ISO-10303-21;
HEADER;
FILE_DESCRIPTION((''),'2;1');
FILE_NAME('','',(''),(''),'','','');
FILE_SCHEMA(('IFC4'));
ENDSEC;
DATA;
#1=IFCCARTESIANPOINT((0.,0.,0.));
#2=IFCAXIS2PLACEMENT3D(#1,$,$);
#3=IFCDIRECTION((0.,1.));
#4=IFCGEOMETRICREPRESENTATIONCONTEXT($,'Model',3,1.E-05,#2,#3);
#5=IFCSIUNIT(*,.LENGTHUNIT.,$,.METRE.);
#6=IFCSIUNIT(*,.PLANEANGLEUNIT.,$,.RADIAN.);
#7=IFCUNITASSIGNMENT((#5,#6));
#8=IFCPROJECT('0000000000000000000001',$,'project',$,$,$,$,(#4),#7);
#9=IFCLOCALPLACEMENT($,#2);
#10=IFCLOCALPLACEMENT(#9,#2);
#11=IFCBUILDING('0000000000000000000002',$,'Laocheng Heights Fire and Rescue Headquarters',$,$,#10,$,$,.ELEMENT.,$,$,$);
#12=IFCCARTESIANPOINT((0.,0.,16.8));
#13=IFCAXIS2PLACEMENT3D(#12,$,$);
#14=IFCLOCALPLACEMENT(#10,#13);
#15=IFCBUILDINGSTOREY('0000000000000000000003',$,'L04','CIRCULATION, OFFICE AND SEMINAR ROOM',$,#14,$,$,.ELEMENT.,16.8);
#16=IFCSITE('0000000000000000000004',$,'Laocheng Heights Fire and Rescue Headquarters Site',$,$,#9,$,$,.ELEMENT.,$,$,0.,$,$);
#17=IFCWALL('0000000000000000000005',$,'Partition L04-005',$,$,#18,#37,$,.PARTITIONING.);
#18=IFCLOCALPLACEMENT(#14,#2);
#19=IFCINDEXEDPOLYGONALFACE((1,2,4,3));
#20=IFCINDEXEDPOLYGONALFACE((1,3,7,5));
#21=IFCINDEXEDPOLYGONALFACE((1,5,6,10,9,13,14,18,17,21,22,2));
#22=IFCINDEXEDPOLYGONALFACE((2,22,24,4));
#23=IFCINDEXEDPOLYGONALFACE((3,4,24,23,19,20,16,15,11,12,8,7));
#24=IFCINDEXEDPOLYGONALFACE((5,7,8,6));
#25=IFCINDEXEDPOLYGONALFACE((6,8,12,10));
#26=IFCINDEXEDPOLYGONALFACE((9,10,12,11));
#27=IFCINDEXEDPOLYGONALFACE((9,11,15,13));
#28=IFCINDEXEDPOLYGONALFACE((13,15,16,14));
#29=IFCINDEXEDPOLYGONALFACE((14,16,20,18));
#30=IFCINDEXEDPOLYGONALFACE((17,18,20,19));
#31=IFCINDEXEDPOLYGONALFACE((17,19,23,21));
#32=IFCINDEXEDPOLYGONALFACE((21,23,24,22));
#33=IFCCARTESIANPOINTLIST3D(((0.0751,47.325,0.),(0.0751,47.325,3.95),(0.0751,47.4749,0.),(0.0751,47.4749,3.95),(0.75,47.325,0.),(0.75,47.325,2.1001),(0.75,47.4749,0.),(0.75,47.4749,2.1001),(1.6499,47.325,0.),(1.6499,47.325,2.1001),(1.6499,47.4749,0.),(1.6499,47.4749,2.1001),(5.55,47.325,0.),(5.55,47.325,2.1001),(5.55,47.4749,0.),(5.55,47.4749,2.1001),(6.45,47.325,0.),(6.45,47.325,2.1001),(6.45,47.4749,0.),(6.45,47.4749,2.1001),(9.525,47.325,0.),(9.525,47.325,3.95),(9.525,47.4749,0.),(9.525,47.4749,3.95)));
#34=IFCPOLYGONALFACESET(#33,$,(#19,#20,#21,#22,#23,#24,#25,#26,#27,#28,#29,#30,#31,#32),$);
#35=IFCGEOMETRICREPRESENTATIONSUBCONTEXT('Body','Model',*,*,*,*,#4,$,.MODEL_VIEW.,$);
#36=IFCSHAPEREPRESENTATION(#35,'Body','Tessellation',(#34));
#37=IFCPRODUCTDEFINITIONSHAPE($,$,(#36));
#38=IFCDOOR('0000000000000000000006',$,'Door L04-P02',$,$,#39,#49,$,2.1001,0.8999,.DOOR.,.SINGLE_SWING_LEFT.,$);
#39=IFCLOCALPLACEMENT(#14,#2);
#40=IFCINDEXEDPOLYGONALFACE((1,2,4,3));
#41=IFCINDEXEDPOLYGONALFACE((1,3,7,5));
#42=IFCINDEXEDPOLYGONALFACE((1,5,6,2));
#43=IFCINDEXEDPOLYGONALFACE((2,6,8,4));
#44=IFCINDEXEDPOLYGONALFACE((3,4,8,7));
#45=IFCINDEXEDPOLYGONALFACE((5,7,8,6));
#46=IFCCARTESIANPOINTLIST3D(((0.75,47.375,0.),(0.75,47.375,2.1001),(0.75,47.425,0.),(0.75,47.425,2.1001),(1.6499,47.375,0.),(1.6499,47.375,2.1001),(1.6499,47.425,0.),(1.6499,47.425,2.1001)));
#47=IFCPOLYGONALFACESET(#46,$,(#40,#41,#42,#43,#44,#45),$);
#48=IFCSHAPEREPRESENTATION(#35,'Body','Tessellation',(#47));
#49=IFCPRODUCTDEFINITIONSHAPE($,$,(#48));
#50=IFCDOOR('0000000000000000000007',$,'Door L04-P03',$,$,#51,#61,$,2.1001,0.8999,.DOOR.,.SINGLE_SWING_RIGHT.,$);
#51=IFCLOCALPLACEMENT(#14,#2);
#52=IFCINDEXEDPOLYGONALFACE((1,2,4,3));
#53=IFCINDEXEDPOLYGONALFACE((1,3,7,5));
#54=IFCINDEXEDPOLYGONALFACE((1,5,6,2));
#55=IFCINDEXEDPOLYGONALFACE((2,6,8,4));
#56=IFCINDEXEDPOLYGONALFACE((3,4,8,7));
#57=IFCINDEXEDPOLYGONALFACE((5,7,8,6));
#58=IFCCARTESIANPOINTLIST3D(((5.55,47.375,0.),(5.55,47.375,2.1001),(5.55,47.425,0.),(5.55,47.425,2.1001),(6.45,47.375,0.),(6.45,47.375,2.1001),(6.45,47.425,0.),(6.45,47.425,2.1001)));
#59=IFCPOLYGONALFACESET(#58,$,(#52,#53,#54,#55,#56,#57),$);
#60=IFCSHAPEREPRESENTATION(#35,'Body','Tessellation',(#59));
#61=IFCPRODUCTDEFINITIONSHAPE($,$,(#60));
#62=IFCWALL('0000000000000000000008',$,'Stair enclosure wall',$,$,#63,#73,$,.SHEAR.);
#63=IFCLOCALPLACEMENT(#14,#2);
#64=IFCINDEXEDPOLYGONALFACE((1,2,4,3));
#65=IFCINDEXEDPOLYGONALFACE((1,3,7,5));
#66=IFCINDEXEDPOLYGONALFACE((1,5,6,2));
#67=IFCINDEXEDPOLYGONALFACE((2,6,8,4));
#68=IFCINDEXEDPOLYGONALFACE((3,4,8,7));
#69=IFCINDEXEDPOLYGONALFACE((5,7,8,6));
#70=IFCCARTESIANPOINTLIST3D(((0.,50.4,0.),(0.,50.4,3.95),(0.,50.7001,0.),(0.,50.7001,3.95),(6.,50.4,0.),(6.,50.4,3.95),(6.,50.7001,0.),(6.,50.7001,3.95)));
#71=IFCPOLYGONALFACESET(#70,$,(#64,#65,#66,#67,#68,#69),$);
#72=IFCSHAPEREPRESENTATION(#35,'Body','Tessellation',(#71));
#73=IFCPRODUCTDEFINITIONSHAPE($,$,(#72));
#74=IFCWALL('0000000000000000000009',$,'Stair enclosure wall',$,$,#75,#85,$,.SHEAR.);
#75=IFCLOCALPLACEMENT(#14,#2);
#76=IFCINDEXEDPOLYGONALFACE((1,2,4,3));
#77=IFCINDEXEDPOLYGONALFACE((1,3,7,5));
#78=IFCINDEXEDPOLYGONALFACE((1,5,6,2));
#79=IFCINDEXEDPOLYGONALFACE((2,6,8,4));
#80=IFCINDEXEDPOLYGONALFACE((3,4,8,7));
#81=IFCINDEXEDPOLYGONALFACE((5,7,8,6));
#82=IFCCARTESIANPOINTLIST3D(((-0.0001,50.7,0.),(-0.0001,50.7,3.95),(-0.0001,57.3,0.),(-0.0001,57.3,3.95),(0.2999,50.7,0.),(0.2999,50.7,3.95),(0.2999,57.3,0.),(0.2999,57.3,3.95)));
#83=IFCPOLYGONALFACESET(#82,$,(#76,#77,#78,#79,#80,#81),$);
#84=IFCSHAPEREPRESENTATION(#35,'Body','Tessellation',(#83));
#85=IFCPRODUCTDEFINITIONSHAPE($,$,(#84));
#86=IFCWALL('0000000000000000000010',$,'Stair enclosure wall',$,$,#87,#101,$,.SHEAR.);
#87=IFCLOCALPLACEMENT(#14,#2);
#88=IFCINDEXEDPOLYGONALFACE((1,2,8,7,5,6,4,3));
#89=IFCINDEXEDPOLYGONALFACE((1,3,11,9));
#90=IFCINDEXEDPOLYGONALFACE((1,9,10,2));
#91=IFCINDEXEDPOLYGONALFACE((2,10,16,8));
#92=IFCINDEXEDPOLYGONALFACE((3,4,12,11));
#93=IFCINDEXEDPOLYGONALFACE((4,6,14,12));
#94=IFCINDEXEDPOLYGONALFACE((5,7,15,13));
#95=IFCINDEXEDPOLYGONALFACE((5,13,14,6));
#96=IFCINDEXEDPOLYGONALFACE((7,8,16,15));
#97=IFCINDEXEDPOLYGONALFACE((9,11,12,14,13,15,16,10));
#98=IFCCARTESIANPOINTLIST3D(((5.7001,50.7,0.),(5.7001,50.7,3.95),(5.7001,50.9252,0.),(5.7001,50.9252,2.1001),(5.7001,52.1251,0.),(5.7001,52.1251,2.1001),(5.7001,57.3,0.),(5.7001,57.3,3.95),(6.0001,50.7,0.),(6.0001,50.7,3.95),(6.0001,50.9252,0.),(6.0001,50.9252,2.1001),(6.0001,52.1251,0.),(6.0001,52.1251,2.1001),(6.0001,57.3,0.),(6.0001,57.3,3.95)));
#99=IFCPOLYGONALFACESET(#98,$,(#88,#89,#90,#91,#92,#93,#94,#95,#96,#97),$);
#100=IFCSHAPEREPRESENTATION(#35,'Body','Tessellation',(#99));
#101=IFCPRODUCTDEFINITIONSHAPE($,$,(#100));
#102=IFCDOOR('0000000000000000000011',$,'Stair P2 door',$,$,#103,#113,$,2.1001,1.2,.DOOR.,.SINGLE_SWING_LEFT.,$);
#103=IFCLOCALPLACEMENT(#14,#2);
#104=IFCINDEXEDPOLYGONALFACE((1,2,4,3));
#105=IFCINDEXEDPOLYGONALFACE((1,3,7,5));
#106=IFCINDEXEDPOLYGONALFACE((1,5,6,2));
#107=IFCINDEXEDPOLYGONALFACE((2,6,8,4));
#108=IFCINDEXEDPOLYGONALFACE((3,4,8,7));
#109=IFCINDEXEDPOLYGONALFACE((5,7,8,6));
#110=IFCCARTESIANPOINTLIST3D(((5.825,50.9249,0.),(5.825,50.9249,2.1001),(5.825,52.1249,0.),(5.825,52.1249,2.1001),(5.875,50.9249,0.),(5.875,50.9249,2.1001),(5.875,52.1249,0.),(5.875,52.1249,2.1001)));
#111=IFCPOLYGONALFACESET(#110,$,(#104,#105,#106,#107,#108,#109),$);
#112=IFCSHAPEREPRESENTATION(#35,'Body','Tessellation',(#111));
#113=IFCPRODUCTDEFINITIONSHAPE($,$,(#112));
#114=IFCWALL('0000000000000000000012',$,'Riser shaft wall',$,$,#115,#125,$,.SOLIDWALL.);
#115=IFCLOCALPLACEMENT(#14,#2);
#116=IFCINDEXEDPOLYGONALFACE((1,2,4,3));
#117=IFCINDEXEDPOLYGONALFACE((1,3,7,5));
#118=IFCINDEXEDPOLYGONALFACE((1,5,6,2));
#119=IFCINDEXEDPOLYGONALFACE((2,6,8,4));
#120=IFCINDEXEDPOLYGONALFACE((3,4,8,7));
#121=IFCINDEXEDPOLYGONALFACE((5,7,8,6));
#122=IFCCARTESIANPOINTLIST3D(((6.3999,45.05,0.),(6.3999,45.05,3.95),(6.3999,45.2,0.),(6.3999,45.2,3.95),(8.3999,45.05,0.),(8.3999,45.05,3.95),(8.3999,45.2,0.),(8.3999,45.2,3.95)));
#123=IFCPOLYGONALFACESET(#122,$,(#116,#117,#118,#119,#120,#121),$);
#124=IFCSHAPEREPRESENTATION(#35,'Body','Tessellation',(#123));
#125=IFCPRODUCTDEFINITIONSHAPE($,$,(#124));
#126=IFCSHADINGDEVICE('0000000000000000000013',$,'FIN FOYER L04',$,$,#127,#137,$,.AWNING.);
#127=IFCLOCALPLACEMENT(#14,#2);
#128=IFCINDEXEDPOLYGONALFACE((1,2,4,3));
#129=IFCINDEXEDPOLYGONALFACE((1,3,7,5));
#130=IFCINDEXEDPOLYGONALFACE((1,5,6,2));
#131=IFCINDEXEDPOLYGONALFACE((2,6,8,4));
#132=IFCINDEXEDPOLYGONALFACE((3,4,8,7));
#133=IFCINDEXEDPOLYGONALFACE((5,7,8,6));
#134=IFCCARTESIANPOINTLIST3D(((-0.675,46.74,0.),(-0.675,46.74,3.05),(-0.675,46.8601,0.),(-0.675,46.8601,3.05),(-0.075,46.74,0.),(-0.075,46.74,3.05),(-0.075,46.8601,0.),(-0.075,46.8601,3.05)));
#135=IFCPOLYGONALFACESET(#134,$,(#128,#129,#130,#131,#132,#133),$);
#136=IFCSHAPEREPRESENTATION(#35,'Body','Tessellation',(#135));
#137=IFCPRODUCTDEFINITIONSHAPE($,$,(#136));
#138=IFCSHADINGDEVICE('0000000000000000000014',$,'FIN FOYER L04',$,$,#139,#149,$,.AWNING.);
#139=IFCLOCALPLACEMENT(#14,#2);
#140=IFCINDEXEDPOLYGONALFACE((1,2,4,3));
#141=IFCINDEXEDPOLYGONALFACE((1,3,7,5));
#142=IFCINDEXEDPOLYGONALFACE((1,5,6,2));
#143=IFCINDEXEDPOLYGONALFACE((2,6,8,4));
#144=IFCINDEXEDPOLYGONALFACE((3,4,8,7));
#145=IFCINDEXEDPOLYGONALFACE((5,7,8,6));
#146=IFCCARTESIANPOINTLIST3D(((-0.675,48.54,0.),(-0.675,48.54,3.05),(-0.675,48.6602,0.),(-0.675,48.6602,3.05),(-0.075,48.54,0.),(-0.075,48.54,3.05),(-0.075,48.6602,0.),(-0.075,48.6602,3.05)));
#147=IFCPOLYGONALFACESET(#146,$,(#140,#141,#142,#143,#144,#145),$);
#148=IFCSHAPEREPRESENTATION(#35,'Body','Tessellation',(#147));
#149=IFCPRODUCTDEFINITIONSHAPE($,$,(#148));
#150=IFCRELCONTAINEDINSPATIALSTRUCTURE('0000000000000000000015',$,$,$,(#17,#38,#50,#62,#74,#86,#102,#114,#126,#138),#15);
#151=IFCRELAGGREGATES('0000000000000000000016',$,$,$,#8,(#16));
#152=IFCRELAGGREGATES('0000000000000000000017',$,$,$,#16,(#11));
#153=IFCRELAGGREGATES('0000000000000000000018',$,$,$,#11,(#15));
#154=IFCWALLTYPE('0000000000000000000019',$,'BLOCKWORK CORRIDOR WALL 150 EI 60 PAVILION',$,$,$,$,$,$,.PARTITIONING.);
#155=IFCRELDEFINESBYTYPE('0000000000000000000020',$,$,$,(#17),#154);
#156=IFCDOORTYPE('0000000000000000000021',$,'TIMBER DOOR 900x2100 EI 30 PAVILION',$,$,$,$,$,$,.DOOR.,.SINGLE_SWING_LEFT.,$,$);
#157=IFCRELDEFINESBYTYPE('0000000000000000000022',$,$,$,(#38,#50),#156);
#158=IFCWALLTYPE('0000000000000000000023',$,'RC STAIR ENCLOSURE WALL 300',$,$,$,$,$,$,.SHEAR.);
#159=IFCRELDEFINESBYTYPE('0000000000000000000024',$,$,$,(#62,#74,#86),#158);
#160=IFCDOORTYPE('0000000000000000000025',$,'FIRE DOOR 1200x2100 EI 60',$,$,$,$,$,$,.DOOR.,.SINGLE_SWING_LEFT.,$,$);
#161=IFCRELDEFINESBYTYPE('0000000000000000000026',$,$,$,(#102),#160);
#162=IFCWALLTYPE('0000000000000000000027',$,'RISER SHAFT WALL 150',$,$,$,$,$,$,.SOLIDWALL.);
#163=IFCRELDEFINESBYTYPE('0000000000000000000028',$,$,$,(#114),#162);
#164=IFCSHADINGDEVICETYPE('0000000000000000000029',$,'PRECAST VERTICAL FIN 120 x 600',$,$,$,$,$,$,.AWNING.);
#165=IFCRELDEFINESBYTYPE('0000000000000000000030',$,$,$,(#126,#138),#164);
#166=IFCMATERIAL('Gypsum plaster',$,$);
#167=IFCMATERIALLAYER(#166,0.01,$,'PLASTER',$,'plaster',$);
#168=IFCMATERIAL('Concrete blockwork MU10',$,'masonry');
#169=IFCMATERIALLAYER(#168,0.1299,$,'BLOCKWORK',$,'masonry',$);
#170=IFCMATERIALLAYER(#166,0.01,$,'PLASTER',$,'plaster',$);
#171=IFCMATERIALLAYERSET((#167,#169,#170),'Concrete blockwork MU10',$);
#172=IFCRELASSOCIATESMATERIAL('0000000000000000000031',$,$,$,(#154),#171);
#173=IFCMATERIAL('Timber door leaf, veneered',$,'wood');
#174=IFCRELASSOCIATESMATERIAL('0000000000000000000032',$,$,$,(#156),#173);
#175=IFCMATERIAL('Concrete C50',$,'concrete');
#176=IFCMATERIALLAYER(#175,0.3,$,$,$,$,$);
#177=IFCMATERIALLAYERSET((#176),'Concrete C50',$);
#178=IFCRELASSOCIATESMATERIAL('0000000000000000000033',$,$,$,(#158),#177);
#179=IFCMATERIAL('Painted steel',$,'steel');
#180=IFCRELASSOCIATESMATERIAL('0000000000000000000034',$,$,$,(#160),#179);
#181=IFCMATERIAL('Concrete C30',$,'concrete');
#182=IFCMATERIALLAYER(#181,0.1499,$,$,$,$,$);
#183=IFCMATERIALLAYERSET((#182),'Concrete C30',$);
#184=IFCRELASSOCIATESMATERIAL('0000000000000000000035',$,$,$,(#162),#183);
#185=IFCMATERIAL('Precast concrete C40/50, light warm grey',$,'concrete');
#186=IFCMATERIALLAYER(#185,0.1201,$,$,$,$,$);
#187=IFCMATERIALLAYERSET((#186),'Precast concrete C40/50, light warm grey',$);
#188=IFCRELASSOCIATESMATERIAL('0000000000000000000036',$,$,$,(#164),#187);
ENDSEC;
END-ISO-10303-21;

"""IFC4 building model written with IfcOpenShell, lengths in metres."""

from ifc_helpers import new_model, si_unit, direction, frame, frame_2d, origin, origin_2d, place, context, subcontext, project, spatial, rectangle, extrude, material, layer, layer_set, type_object, element, fill, save


model = new_model("IFC4")

# Units and contexts
model_context = context("Model", 3, precision=1e-05, world=origin(), true_north=direction((0.0, 1.0)))
body_context = subcontext(model_context, "Body", "Model", "MODEL_VIEW")
ifc_project = project(units=[si_unit("LENGTHUNIT", "METRE"), si_unit("PLANEANGLEUNIT", "RADIAN")], contexts=[model_context])

# Site, building, storey
site_placement = place(None, origin())
site = spatial("IfcSite", under=ifc_project, at=site_placement, Name="Laocheng Heights Fire and Rescue Headquarters Site", CompositionType="ELEMENT", RefElevation=0.0)
building_placement = place(site_placement, origin())
building = spatial("IfcBuilding", under=site, at=building_placement, Name="Laocheng Heights Fire and Rescue Headquarters", CompositionType="ELEMENT")
storey_placement = place(building_placement, frame((0.0, 0.0, 16.8)))
storey = spatial("IfcBuildingStorey", under=building, at=storey_placement, Name="L04", Description="CIRCULATION, OFFICE AND SEMINAR ROOM", CompositionType="ELEMENT", Elevation=16.8)

# Wall, openings, doors
ifc_material_1 = material(Name="Gypsum plaster")
ifc_layer_1 = layer(ifc_material_1, 0.01, Name="PLASTER", Category="plaster")
ifc_material_2 = material(Name="Concrete blockwork MU10", Category="masonry")
ifc_layer_2 = layer(ifc_material_2, 0.1299, Name="BLOCKWORK", Category="masonry")
ifc_layer_3 = layer(ifc_material_1, 0.01, Name="PLASTER", Category="plaster")
ifc_layer_set_1 = layer_set([ifc_layer_1, ifc_layer_2, ifc_layer_3], Name="Concrete blockwork MU10")
wall_type_1 = type_object("IfcWallType", Name="BLOCKWORK CORRIDOR WALL 150 EI 60 PAVILION", PredefinedType="PARTITIONING", material=ifc_layer_set_1)
wall_1_placement = place(storey_placement, frame((0.075, 47.3999, 0.0), z_axis=(0.0, 0.0, 1.0), x_axis=(1.0, 0.0, 0.0)))
wall_1 = element("IfcWall", 1, at=wall_1_placement, inside=storey, type_object=wall_type_1, Name="Partition L04-005", PredefinedType="PARTITIONING", context=body_context, shape_type="SweptSolid", body=[
    extrude(rectangle(XDim=9.45, YDim=0.1499, at=frame_2d((4.7251, 0.0))), origin(), (0.0, 0.0, 1.0), 3.95),
])
opening_1_placement = place(wall_1_placement, frame((0.675, 0.0, 0.0)))
opening_1 = element("IfcOpeningElement", 2, at=opening_1_placement, cuts=wall_1, PredefinedType="OPENING", context=body_context, shape_type="SweptSolid", body=[
    extrude(rectangle(XDim=0.8999, YDim=2.1001, at=frame_2d((0.45, 1.05))), frame((0.0, 0.085, 0.0), z_axis=(0.0, -1.0, 0.0), x_axis=(1.0, 0.0, 0.0)), (0.0, 0.0, 1.0), 0.1699),
])
opening_2_placement = place(wall_1_placement, frame((5.4751, 0.0, 0.0)))
opening_2 = element("IfcOpeningElement", 3, at=opening_2_placement, cuts=wall_1, PredefinedType="OPENING", context=body_context, shape_type="SweptSolid", body=[
    extrude(rectangle(XDim=0.8999, YDim=2.1001, at=frame_2d((0.45, 1.05))), frame((0.0, 0.085, 0.0), z_axis=(0.0, -1.0, 0.0), x_axis=(1.0, 0.0, 0.0)), (0.0, 0.0, 1.0), 0.1699),
])
ifc_material_3 = material(Name="Timber door leaf, veneered", Category="wood")
door_type_1 = type_object("IfcDoorType", Name="TIMBER DOOR 900x2100 EI 30 PAVILION", OperationType="SINGLE_SWING_LEFT", PredefinedType="DOOR", material=ifc_material_3)
door_1_placement = place(opening_1_placement, frame((0.8999, 0.0, 0.0), z_axis=(0.0, 0.0, 1.0), x_axis=(-1.0, 0.0, 0.0)))
door_1 = element("IfcDoor", 4, at=door_1_placement, inside=storey, type_object=door_type_1, Name="Door L04-P02", OperationType="SINGLE_SWING_LEFT", OverallHeight=2.1001, OverallWidth=0.8999, PredefinedType="DOOR", context=body_context, shape_type="SweptSolid", body=[
    extrude(rectangle(XDim=0.8999, YDim=2.1001, at=frame_2d((0.45, 1.05))), frame((0.0, 0.0249, 0.0), z_axis=(0.0, -1.0, 0.0), x_axis=(1.0, 0.0, 0.0)), (0.0, 0.0, 1.0), 0.05),
])
fill(opening_1, door_1)
door_2_placement = place(opening_2_placement, frame((0.8999, 0.0, 0.0), z_axis=(0.0, 0.0, 1.0), x_axis=(-1.0, 0.0, 0.0)))
door_2 = element("IfcDoor", 5, at=door_2_placement, inside=storey, type_object=door_type_1, Name="Door L04-P03", OperationType="SINGLE_SWING_RIGHT", OverallHeight=2.1001, OverallWidth=0.8999, PredefinedType="DOOR", context=body_context, shape_type="SweptSolid", body=[
    extrude(rectangle(XDim=0.8999, YDim=2.1001, at=frame_2d((0.45, 1.05))), frame((0.0, 0.0249, 0.0), z_axis=(0.0, -1.0, 0.0), x_axis=(1.0, 0.0, 0.0)), (0.0, 0.0, 1.0), 0.05),
])
fill(opening_2, door_2)

# Walls
ifc_material_4 = material(Name="Concrete C50", Category="concrete")
ifc_layer_4 = layer(ifc_material_4, 0.3)
ifc_layer_set_2 = layer_set([ifc_layer_4], Name="Concrete C50")
wall_type_2 = type_object("IfcWallType", Name="RC STAIR ENCLOSURE WALL 300", PredefinedType="SHEAR", material=ifc_layer_set_2)
wall_2_placement = place(storey_placement, frame((0.0, 50.55, 0.0), z_axis=(0.0, 0.0, 1.0), x_axis=(1.0, 0.0, 0.0)))
element("IfcWall", 6, at=wall_2_placement, inside=storey, type_object=wall_type_2, Name="Stair enclosure wall", PredefinedType="SHEAR", context=body_context, shape_type="SweptSolid", body=[
    extrude(rectangle(XDim=6.0, YDim=0.3, at=frame_2d((3.0, 0.0))), origin(), (0.0, 0.0, 1.0), 3.95),
])
wall_3_placement = place(storey_placement, frame((0.1499, 50.7, 0.0), z_axis=(0.0, 0.0, 1.0), x_axis=(0.0, 1.0, 0.0)))
element("IfcWall", 7, at=wall_3_placement, inside=storey, type_object=wall_type_2, Name="Stair enclosure wall", PredefinedType="SHEAR", context=body_context, shape_type="SweptSolid", body=[
    extrude(rectangle(XDim=6.6001, YDim=0.3, at=frame_2d((3.3, 0.0))), origin(), (0.0, 0.0, 1.0), 3.95),
])

# Wall, opening, door
wall_4_placement = place(storey_placement, frame((5.8501, 50.7, 0.0), z_axis=(0.0, 0.0, 1.0), x_axis=(0.0, 1.0, 0.0)))
wall_4 = element("IfcWall", 8, at=wall_4_placement, inside=storey, type_object=wall_type_2, Name="Stair enclosure wall", PredefinedType="SHEAR", context=body_context, shape_type="SweptSolid", body=[
    extrude(rectangle(XDim=6.6001, YDim=0.3, at=frame_2d((3.3, 0.0))), origin(), (0.0, 0.0, 1.0), 3.95),
])
opening_3_placement = place(wall_4_placement, frame((0.2251, 0.0, 0.0)))
opening_3 = element("IfcOpeningElement", 9, at=opening_3_placement, cuts=wall_4, PredefinedType="OPENING", context=body_context, shape_type="SweptSolid", body=[
    extrude(rectangle(XDim=1.2, YDim=2.1001, at=frame_2d((0.6001, 1.05))), frame((0.0, 0.1599, 0.0), z_axis=(0.0, -1.0, 0.0), x_axis=(1.0, 0.0, 0.0)), (0.0, 0.0, 1.0), 0.3201),
])
ifc_material_5 = material(Name="Painted steel", Category="steel")
door_type_2 = type_object("IfcDoorType", Name="FIRE DOOR 1200x2100 EI 60", OperationType="SINGLE_SWING_LEFT", PredefinedType="DOOR", material=ifc_material_5)
door_3_placement = place(opening_3_placement, frame((1.2, 0.0, 0.0), z_axis=(0.0, 0.0, 1.0), x_axis=(-1.0, 0.0, 0.0)))
door_3 = element("IfcDoor", 10, at=door_3_placement, inside=storey, type_object=door_type_2, Name="Stair P2 door", OperationType="SINGLE_SWING_LEFT", OverallHeight=2.1001, OverallWidth=1.2, PredefinedType="DOOR", context=body_context, shape_type="SweptSolid", body=[
    extrude(rectangle(XDim=1.2, YDim=2.1001, at=frame_2d((0.6001, 1.05))), frame((0.0, 0.0249, 0.0), z_axis=(0.0, -1.0, 0.0), x_axis=(1.0, 0.0, 0.0)), (0.0, 0.0, 1.0), 0.05),
])
fill(opening_3, door_3)

# Wall
ifc_material_6 = material(Name="Concrete C30", Category="concrete")
ifc_layer_5 = layer(ifc_material_6, 0.1499)
ifc_layer_set_3 = layer_set([ifc_layer_5], Name="Concrete C30")
wall_type_3 = type_object("IfcWallType", Name="RISER SHAFT WALL 150", PredefinedType="SOLIDWALL", material=ifc_layer_set_3)
wall_5_placement = place(storey_placement, frame((6.3999, 45.125, 0.0), z_axis=(0.0, 0.0, 1.0), x_axis=(1.0, 0.0, 0.0)))
element("IfcWall", 11, at=wall_5_placement, inside=storey, type_object=wall_type_3, Name="Riser shaft wall", PredefinedType="SOLIDWALL", context=body_context, shape_type="SweptSolid", body=[
    extrude(rectangle(XDim=2.0, YDim=0.1499, at=frame_2d((1.0, 0.0))), origin(), (0.0, 0.0, 1.0), 3.95),
])

# Shading devices
ifc_material_7 = material(Name="Precast concrete C40/50, light warm grey", Category="concrete")
ifc_layer_6 = layer(ifc_material_7, 0.1201)
ifc_layer_set_4 = layer_set([ifc_layer_6], Name="Precast concrete C40/50, light warm grey")
shading_device_type = type_object("IfcShadingDeviceType", Name="PRECAST VERTICAL FIN 120 x 600", PredefinedType="AWNING", material=ifc_layer_set_4)
for number, where, z_axis, x_axis, name in (
    (12, (-0.375, 46.8, 0.0), (0.0, 0.0, 1.0), (1.0, 0.0, 0.0), "FIN FOYER L04"),
    (13, (-0.375, 48.6001, 0.0), (0.0, 0.0, 1.0), (1.0, 0.0, 0.0), "FIN FOYER L04"),
):
    element("IfcShadingDevice", number, at=place(storey_placement, frame(where, z_axis=z_axis, x_axis=x_axis)), inside=storey, type_object=shading_device_type, Name=name, PredefinedType="AWNING", context=body_context, shape_type="SweptSolid", body=[
        extrude(rectangle(XDim=0.6001, YDim=0.1201, at=origin_2d()), origin(), (0.0, 0.0, 1.0), 3.05),
    ])

save(model, "model.ifc")
